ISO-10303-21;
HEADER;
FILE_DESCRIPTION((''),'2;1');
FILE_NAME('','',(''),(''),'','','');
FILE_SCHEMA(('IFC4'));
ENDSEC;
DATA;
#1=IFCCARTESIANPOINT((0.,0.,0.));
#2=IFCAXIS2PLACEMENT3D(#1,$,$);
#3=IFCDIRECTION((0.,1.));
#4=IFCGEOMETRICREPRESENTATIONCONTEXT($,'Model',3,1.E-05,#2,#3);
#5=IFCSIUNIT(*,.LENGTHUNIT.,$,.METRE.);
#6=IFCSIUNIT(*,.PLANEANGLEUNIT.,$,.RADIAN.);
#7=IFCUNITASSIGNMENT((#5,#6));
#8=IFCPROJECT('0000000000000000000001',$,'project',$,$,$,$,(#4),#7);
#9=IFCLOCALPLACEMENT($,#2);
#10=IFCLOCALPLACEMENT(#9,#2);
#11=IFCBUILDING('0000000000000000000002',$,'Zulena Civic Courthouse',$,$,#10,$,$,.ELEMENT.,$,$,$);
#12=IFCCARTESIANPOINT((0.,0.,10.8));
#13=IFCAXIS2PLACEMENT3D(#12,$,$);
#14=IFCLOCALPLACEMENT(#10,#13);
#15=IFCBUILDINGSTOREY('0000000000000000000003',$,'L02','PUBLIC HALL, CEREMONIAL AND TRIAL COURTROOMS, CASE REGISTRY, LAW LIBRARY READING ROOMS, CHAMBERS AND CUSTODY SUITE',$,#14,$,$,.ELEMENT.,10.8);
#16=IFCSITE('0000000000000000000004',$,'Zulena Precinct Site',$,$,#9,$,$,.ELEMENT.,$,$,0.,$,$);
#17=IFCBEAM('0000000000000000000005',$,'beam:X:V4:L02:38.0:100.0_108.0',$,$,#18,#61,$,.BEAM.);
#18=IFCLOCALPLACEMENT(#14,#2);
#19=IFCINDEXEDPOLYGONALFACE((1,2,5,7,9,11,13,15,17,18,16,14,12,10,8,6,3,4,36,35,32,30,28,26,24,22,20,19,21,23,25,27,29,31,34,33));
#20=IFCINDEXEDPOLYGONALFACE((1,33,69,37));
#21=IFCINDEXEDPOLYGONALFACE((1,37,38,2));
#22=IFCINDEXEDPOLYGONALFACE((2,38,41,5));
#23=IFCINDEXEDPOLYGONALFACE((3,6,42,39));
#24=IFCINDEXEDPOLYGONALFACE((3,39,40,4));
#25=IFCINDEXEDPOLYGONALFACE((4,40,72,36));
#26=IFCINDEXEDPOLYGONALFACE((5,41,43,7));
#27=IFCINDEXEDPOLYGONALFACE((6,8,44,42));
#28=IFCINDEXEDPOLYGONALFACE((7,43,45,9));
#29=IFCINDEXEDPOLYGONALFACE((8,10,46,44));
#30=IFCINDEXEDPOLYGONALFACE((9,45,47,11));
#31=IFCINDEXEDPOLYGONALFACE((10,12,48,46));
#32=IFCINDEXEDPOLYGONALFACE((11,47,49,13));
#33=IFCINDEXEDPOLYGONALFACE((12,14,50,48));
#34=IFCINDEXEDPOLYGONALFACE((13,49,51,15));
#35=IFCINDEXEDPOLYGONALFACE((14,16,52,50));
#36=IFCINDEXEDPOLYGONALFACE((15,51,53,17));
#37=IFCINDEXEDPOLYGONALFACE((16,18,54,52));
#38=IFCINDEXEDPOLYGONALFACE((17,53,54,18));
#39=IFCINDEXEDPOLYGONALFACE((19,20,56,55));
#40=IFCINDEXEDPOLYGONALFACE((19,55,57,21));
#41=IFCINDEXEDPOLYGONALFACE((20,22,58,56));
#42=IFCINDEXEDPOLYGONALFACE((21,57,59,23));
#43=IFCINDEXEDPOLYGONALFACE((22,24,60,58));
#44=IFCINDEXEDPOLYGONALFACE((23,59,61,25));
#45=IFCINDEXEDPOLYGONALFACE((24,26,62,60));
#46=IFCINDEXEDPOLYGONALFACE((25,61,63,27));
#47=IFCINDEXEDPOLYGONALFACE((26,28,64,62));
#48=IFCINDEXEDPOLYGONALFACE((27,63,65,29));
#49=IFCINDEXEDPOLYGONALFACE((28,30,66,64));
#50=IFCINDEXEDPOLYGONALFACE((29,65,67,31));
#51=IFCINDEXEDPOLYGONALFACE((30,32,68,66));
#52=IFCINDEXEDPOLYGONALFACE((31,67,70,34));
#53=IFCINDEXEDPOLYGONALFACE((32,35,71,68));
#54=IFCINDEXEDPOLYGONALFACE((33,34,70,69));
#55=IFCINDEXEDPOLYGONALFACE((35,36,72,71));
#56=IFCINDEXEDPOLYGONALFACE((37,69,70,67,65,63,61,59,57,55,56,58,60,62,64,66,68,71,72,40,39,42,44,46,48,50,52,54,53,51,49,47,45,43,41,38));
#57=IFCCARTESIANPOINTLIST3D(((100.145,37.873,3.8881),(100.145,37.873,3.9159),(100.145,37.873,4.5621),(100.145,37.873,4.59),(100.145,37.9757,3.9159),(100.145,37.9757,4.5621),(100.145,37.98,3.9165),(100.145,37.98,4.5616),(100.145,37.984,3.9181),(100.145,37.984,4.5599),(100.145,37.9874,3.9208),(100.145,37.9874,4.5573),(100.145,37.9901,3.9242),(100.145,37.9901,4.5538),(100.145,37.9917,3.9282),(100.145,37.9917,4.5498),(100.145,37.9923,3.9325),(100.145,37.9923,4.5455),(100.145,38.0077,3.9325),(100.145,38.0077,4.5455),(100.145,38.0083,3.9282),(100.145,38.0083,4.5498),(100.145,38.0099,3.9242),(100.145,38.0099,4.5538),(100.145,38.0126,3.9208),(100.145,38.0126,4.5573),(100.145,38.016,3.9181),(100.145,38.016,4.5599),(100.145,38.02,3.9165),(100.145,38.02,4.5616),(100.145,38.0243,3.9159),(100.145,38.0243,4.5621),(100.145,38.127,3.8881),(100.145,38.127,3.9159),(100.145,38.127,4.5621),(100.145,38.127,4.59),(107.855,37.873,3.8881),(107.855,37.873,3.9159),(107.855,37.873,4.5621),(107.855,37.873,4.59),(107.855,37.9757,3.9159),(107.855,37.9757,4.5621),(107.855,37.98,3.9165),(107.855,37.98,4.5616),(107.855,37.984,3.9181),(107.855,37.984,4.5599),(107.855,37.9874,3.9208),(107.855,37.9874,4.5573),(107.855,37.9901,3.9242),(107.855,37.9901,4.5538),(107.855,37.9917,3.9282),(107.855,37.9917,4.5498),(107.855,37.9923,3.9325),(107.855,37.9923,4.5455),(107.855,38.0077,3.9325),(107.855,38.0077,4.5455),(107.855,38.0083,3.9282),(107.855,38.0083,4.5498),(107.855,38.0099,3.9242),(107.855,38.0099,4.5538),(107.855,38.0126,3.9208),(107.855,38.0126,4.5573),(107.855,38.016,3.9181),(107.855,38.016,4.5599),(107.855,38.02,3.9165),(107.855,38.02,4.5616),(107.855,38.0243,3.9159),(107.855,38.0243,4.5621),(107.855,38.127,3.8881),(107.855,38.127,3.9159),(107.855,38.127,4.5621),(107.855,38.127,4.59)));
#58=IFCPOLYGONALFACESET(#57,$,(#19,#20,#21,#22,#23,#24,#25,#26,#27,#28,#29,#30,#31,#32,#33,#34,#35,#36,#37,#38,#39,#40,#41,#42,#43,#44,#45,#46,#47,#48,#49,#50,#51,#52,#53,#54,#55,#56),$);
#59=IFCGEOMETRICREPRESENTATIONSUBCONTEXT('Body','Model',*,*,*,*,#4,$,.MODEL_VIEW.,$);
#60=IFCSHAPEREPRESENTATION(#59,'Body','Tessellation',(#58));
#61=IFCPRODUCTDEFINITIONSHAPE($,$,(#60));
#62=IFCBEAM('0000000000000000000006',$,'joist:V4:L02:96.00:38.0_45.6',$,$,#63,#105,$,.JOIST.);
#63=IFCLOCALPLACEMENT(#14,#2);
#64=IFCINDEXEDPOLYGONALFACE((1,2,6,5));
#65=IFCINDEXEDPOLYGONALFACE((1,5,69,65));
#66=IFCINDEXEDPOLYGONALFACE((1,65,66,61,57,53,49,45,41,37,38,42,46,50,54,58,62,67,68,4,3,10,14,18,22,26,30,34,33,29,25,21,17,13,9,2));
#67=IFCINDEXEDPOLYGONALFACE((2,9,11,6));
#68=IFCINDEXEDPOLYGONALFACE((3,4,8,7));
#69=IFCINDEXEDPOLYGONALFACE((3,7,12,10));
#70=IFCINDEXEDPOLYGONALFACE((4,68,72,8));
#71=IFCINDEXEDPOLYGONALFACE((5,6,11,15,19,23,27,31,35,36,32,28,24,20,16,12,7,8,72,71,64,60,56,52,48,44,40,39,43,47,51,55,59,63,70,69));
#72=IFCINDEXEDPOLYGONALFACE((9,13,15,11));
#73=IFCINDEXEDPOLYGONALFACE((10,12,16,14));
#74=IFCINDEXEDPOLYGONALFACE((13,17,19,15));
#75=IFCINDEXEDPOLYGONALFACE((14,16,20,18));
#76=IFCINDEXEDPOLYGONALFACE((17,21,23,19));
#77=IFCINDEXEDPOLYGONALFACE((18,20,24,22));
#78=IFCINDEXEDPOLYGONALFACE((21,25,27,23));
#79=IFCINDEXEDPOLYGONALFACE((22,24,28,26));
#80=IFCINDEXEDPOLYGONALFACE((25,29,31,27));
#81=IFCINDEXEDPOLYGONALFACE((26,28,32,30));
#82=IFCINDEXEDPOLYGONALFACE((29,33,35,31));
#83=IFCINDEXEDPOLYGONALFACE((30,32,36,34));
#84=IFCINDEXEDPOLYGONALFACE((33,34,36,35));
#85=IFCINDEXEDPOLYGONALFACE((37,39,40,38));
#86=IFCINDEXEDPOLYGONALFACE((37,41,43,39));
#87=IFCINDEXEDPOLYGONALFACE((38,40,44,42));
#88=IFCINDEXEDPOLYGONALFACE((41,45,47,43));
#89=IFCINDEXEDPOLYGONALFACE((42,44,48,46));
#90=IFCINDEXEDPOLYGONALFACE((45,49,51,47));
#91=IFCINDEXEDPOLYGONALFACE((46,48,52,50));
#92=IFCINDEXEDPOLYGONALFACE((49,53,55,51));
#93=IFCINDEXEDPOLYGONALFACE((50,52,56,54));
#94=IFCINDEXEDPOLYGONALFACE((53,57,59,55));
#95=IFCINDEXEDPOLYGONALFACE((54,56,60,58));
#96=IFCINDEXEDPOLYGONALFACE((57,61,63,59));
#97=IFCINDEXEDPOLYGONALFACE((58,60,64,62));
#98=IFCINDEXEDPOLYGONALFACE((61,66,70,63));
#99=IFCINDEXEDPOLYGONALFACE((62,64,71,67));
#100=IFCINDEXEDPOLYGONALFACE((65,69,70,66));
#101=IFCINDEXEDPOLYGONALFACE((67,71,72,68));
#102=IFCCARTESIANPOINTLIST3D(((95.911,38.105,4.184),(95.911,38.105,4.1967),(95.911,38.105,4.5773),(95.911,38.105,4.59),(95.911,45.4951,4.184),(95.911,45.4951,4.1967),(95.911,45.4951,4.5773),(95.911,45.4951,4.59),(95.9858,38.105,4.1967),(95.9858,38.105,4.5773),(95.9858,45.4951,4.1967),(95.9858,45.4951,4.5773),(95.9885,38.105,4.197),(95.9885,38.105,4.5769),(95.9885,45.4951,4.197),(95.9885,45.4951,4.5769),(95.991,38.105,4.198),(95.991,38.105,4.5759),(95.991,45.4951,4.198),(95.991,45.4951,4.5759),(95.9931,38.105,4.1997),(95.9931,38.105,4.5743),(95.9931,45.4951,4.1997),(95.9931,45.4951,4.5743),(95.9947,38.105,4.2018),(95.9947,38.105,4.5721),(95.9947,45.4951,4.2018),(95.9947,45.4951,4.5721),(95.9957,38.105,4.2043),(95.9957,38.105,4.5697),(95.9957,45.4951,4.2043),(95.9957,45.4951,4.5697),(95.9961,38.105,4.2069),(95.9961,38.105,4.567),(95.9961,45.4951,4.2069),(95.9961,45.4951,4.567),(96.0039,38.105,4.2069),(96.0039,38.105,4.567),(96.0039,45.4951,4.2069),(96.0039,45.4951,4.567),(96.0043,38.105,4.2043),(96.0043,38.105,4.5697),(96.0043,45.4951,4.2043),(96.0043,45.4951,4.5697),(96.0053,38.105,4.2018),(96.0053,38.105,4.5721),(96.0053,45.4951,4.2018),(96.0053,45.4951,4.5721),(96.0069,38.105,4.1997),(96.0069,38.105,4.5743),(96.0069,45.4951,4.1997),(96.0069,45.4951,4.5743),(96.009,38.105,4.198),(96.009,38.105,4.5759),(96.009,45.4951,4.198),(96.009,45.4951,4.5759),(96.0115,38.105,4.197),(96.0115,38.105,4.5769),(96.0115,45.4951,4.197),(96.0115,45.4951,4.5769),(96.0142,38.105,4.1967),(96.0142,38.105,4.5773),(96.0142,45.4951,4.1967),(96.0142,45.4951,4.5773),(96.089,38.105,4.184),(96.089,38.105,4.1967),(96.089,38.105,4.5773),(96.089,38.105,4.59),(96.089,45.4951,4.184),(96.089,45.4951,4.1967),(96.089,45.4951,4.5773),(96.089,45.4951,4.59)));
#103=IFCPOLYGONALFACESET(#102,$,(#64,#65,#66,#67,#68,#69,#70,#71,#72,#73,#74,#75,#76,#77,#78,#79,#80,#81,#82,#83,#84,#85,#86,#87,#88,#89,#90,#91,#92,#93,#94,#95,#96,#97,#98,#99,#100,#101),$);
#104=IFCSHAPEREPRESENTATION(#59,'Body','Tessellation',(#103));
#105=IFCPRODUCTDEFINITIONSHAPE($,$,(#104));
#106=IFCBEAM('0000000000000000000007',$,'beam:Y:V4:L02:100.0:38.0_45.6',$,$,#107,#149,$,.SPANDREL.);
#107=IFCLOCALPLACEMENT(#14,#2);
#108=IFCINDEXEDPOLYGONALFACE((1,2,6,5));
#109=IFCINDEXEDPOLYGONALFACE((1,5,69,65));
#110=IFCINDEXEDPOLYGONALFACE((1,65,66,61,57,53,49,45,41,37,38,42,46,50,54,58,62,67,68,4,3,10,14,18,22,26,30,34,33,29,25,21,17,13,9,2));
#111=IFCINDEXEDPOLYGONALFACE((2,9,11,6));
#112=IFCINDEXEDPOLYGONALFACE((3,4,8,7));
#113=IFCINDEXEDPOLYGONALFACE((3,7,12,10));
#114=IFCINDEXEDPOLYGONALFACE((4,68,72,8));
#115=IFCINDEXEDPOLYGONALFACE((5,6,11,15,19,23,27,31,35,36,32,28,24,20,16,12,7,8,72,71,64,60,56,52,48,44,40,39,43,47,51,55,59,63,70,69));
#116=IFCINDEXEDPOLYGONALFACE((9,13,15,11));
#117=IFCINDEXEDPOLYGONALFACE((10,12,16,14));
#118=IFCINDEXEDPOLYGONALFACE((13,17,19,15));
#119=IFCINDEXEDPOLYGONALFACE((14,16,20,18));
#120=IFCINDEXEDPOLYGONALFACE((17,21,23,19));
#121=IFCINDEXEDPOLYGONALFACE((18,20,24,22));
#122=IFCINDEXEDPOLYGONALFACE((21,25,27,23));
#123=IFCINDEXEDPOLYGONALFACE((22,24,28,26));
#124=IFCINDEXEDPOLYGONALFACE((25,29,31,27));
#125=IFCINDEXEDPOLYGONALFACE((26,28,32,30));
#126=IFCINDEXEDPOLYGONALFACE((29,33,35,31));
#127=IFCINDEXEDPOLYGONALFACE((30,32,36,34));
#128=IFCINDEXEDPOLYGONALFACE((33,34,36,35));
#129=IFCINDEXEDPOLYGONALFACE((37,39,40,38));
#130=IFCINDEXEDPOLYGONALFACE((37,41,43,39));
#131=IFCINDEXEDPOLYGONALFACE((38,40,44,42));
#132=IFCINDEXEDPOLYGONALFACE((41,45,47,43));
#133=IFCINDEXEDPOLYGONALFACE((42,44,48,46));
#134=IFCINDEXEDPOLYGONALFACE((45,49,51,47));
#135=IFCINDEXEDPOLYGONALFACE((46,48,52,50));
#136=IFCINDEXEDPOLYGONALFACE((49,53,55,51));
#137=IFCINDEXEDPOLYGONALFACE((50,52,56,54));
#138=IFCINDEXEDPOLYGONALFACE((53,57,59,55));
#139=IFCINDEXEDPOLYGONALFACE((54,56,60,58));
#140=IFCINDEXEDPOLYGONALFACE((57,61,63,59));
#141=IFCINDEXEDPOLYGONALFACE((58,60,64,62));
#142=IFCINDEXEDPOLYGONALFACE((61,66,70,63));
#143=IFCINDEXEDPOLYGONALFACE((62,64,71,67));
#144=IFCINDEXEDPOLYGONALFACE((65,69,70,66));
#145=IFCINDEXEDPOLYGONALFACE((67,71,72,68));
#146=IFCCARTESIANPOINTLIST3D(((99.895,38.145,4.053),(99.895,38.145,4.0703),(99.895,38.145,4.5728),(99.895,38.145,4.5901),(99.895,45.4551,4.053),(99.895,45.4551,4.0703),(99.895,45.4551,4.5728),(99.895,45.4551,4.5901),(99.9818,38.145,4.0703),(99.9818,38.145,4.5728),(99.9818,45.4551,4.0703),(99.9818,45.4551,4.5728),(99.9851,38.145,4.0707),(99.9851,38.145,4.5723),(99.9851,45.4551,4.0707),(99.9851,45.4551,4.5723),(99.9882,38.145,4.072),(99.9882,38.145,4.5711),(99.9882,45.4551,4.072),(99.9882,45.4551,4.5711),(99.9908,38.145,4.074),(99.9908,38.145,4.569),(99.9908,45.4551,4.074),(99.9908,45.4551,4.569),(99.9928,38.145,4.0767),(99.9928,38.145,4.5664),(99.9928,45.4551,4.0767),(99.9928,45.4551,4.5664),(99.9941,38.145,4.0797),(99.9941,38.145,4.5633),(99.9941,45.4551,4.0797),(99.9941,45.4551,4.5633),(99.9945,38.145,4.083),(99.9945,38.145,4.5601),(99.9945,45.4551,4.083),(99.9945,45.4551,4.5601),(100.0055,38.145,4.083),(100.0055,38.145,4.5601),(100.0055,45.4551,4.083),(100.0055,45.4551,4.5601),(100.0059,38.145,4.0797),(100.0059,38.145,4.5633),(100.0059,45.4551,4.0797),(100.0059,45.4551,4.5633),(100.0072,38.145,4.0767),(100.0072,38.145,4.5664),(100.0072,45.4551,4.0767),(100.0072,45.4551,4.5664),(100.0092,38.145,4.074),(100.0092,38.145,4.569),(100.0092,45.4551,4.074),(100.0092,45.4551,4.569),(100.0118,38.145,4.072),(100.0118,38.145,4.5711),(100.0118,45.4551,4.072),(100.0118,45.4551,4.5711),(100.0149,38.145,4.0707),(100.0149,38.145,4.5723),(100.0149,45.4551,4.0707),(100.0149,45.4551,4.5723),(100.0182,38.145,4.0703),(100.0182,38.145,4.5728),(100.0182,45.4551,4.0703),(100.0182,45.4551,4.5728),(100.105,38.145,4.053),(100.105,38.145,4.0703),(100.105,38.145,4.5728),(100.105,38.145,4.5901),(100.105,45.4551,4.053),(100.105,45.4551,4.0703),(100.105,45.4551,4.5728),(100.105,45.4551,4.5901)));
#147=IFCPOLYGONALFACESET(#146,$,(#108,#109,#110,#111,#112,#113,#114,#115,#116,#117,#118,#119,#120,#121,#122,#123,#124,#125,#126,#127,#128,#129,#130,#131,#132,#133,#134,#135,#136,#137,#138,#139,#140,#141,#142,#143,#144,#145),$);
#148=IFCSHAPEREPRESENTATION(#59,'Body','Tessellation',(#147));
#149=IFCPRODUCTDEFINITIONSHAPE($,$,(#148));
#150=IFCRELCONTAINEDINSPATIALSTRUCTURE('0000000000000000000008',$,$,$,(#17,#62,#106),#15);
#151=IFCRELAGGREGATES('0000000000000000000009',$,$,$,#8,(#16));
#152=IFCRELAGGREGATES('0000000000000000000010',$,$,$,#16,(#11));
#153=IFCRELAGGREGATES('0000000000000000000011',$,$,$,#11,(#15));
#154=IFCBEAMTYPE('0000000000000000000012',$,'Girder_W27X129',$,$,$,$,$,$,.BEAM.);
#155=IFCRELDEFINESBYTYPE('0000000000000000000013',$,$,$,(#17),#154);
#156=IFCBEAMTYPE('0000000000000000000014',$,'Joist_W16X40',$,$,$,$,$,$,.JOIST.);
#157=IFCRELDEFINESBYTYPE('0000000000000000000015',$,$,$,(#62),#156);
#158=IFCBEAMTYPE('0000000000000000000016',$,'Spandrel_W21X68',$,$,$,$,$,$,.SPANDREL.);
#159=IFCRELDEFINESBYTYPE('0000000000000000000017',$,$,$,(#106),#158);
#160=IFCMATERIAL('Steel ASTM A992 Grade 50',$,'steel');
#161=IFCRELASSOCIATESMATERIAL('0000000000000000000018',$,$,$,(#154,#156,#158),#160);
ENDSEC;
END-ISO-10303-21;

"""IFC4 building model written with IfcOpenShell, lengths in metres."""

from ifc_helpers import new_model, si_unit, direction, frame, origin, origin_2d, place, context, subcontext, project, spatial, i_section, extrude, material, material_profile, profile_set, type_object, element, save


model = new_model("IFC4")

# Units and contexts
model_context = context("Model", 3, precision=1e-05, world=origin(), true_north=direction((0.0, 1.0)))
body_context = subcontext(model_context, "Body", "Model", "MODEL_VIEW")
ifc_project = project(units=[si_unit("LENGTHUNIT", "METRE"), si_unit("PLANEANGLEUNIT", "RADIAN")], contexts=[model_context])

# Site, building, storey
site_placement = place(None, origin())
site = spatial("IfcSite", under=ifc_project, at=site_placement, Name="Zulena Precinct Site", CompositionType="ELEMENT", RefElevation=0.0)
building_placement = place(site_placement, origin())
building = spatial("IfcBuilding", under=site, at=building_placement, Name="Zulena Civic Courthouse", CompositionType="ELEMENT")
storey_placement = place(building_placement, frame((0.0, 0.0, 10.8)))
storey = spatial("IfcBuildingStorey", under=building, at=storey_placement, Name="L02", Description="PUBLIC HALL, CEREMONIAL AND TRIAL COURTROOMS, CASE REGISTRY, LAW LIBRARY READING ROOMS, CHAMBERS AND CUSTODY SUITE", CompositionType="ELEMENT", Elevation=10.8)

# Shared definitions
ifc_material_1 = material(Name="Steel ASTM A992 Grade 50", Category="steel")

# Beams
ifc_material_profile_1 = material_profile(ifc_material_1, i_section(OverallWidth=0.2539, OverallDepth=0.7019, WebThickness=0.0154, FlangeThickness=0.0278, FilletRadius=0.0166, at=origin_2d()), Name="W27X129")
ifc_profile_set_1 = profile_set([ifc_material_profile_1], Name="Steel ASTM A992 Grade 50")
beam_type_1 = type_object("IfcBeamType", Name="Girder_W27X129", PredefinedType="BEAM", material=ifc_profile_set_1)
for number, where, z_axis, x_axis, name in (
    (1, (100.145, 38.0, 4.239), (1.0, 0.0, 0.0), (0.0, 1.0, 0.0), "beam:X:V4:L02:38.0:100.0_108.0"),
):
    element("IfcBeam", number, at=place(storey_placement, frame(where, z_axis=z_axis, x_axis=x_axis)), inside=storey, type_object=beam_type_1, Name=name, PredefinedType="BEAM", context=body_context, shape_type="SweptSolid", body=[
        extrude(i_section(OverallWidth=0.2539, OverallDepth=0.7019, WebThickness=0.0154, FlangeThickness=0.0278, FilletRadius=0.0166, at=origin_2d()), origin(), (0.0, 0.0, 1.0), 7.71),
    ])
ifc_material_profile_2 = material_profile(ifc_material_1, i_section(OverallWidth=0.178, OverallDepth=0.406, WebThickness=0.0078, FlangeThickness=0.0127, FilletRadius=0.0103, at=origin_2d()), Name="W16X40")
ifc_profile_set_2 = profile_set([ifc_material_profile_2], Name="Steel ASTM A992 Grade 50")
beam_type_2 = type_object("IfcBeamType", Name="Joist_W16X40", PredefinedType="JOIST", material=ifc_profile_set_2)
beam_1_placement = place(storey_placement, frame((96.0, 38.105, 4.387), z_axis=(0.0, 1.0, 0.0), x_axis=(-1.0, 0.0, 0.0)))
element("IfcBeam", 2, at=beam_1_placement, inside=storey, type_object=beam_type_2, Name="joist:V4:L02:96.00:38.0_45.6", PredefinedType="JOIST", context=body_context, shape_type="SweptSolid", body=[
    extrude(i_section(OverallWidth=0.178, OverallDepth=0.406, WebThickness=0.0078, FlangeThickness=0.0127, FilletRadius=0.0103, at=origin_2d()), origin(), (0.0, 0.0, 1.0), 7.3901),
])
ifc_material_profile_3 = material_profile(ifc_material_1, i_section(OverallWidth=0.21, OverallDepth=0.5371, WebThickness=0.011, FlangeThickness=0.0173, FilletRadius=0.0127, at=origin_2d()), Name="W21X68")
ifc_profile_set_3 = profile_set([ifc_material_profile_3], Name="Steel ASTM A992 Grade 50")
beam_type_3 = type_object("IfcBeamType", Name="Spandrel_W21X68", PredefinedType="SPANDREL", material=ifc_profile_set_3)
beam_2_placement = place(storey_placement, frame((100.0, 38.145, 4.3215), z_axis=(0.0, 1.0, 0.0), x_axis=(-1.0, 0.0, 0.0)))
element("IfcBeam", 3, at=beam_2_placement, inside=storey, type_object=beam_type_3, Name="beam:Y:V4:L02:100.0:38.0_45.6", PredefinedType="SPANDREL", context=body_context, shape_type="SweptSolid", body=[
    extrude(i_section(OverallWidth=0.21, OverallDepth=0.5371, WebThickness=0.011, FlangeThickness=0.0173, FilletRadius=0.0127, at=origin_2d()), origin(), (0.0, 0.0, 1.0), 7.3101),
])

save(model, "model.ifc")
